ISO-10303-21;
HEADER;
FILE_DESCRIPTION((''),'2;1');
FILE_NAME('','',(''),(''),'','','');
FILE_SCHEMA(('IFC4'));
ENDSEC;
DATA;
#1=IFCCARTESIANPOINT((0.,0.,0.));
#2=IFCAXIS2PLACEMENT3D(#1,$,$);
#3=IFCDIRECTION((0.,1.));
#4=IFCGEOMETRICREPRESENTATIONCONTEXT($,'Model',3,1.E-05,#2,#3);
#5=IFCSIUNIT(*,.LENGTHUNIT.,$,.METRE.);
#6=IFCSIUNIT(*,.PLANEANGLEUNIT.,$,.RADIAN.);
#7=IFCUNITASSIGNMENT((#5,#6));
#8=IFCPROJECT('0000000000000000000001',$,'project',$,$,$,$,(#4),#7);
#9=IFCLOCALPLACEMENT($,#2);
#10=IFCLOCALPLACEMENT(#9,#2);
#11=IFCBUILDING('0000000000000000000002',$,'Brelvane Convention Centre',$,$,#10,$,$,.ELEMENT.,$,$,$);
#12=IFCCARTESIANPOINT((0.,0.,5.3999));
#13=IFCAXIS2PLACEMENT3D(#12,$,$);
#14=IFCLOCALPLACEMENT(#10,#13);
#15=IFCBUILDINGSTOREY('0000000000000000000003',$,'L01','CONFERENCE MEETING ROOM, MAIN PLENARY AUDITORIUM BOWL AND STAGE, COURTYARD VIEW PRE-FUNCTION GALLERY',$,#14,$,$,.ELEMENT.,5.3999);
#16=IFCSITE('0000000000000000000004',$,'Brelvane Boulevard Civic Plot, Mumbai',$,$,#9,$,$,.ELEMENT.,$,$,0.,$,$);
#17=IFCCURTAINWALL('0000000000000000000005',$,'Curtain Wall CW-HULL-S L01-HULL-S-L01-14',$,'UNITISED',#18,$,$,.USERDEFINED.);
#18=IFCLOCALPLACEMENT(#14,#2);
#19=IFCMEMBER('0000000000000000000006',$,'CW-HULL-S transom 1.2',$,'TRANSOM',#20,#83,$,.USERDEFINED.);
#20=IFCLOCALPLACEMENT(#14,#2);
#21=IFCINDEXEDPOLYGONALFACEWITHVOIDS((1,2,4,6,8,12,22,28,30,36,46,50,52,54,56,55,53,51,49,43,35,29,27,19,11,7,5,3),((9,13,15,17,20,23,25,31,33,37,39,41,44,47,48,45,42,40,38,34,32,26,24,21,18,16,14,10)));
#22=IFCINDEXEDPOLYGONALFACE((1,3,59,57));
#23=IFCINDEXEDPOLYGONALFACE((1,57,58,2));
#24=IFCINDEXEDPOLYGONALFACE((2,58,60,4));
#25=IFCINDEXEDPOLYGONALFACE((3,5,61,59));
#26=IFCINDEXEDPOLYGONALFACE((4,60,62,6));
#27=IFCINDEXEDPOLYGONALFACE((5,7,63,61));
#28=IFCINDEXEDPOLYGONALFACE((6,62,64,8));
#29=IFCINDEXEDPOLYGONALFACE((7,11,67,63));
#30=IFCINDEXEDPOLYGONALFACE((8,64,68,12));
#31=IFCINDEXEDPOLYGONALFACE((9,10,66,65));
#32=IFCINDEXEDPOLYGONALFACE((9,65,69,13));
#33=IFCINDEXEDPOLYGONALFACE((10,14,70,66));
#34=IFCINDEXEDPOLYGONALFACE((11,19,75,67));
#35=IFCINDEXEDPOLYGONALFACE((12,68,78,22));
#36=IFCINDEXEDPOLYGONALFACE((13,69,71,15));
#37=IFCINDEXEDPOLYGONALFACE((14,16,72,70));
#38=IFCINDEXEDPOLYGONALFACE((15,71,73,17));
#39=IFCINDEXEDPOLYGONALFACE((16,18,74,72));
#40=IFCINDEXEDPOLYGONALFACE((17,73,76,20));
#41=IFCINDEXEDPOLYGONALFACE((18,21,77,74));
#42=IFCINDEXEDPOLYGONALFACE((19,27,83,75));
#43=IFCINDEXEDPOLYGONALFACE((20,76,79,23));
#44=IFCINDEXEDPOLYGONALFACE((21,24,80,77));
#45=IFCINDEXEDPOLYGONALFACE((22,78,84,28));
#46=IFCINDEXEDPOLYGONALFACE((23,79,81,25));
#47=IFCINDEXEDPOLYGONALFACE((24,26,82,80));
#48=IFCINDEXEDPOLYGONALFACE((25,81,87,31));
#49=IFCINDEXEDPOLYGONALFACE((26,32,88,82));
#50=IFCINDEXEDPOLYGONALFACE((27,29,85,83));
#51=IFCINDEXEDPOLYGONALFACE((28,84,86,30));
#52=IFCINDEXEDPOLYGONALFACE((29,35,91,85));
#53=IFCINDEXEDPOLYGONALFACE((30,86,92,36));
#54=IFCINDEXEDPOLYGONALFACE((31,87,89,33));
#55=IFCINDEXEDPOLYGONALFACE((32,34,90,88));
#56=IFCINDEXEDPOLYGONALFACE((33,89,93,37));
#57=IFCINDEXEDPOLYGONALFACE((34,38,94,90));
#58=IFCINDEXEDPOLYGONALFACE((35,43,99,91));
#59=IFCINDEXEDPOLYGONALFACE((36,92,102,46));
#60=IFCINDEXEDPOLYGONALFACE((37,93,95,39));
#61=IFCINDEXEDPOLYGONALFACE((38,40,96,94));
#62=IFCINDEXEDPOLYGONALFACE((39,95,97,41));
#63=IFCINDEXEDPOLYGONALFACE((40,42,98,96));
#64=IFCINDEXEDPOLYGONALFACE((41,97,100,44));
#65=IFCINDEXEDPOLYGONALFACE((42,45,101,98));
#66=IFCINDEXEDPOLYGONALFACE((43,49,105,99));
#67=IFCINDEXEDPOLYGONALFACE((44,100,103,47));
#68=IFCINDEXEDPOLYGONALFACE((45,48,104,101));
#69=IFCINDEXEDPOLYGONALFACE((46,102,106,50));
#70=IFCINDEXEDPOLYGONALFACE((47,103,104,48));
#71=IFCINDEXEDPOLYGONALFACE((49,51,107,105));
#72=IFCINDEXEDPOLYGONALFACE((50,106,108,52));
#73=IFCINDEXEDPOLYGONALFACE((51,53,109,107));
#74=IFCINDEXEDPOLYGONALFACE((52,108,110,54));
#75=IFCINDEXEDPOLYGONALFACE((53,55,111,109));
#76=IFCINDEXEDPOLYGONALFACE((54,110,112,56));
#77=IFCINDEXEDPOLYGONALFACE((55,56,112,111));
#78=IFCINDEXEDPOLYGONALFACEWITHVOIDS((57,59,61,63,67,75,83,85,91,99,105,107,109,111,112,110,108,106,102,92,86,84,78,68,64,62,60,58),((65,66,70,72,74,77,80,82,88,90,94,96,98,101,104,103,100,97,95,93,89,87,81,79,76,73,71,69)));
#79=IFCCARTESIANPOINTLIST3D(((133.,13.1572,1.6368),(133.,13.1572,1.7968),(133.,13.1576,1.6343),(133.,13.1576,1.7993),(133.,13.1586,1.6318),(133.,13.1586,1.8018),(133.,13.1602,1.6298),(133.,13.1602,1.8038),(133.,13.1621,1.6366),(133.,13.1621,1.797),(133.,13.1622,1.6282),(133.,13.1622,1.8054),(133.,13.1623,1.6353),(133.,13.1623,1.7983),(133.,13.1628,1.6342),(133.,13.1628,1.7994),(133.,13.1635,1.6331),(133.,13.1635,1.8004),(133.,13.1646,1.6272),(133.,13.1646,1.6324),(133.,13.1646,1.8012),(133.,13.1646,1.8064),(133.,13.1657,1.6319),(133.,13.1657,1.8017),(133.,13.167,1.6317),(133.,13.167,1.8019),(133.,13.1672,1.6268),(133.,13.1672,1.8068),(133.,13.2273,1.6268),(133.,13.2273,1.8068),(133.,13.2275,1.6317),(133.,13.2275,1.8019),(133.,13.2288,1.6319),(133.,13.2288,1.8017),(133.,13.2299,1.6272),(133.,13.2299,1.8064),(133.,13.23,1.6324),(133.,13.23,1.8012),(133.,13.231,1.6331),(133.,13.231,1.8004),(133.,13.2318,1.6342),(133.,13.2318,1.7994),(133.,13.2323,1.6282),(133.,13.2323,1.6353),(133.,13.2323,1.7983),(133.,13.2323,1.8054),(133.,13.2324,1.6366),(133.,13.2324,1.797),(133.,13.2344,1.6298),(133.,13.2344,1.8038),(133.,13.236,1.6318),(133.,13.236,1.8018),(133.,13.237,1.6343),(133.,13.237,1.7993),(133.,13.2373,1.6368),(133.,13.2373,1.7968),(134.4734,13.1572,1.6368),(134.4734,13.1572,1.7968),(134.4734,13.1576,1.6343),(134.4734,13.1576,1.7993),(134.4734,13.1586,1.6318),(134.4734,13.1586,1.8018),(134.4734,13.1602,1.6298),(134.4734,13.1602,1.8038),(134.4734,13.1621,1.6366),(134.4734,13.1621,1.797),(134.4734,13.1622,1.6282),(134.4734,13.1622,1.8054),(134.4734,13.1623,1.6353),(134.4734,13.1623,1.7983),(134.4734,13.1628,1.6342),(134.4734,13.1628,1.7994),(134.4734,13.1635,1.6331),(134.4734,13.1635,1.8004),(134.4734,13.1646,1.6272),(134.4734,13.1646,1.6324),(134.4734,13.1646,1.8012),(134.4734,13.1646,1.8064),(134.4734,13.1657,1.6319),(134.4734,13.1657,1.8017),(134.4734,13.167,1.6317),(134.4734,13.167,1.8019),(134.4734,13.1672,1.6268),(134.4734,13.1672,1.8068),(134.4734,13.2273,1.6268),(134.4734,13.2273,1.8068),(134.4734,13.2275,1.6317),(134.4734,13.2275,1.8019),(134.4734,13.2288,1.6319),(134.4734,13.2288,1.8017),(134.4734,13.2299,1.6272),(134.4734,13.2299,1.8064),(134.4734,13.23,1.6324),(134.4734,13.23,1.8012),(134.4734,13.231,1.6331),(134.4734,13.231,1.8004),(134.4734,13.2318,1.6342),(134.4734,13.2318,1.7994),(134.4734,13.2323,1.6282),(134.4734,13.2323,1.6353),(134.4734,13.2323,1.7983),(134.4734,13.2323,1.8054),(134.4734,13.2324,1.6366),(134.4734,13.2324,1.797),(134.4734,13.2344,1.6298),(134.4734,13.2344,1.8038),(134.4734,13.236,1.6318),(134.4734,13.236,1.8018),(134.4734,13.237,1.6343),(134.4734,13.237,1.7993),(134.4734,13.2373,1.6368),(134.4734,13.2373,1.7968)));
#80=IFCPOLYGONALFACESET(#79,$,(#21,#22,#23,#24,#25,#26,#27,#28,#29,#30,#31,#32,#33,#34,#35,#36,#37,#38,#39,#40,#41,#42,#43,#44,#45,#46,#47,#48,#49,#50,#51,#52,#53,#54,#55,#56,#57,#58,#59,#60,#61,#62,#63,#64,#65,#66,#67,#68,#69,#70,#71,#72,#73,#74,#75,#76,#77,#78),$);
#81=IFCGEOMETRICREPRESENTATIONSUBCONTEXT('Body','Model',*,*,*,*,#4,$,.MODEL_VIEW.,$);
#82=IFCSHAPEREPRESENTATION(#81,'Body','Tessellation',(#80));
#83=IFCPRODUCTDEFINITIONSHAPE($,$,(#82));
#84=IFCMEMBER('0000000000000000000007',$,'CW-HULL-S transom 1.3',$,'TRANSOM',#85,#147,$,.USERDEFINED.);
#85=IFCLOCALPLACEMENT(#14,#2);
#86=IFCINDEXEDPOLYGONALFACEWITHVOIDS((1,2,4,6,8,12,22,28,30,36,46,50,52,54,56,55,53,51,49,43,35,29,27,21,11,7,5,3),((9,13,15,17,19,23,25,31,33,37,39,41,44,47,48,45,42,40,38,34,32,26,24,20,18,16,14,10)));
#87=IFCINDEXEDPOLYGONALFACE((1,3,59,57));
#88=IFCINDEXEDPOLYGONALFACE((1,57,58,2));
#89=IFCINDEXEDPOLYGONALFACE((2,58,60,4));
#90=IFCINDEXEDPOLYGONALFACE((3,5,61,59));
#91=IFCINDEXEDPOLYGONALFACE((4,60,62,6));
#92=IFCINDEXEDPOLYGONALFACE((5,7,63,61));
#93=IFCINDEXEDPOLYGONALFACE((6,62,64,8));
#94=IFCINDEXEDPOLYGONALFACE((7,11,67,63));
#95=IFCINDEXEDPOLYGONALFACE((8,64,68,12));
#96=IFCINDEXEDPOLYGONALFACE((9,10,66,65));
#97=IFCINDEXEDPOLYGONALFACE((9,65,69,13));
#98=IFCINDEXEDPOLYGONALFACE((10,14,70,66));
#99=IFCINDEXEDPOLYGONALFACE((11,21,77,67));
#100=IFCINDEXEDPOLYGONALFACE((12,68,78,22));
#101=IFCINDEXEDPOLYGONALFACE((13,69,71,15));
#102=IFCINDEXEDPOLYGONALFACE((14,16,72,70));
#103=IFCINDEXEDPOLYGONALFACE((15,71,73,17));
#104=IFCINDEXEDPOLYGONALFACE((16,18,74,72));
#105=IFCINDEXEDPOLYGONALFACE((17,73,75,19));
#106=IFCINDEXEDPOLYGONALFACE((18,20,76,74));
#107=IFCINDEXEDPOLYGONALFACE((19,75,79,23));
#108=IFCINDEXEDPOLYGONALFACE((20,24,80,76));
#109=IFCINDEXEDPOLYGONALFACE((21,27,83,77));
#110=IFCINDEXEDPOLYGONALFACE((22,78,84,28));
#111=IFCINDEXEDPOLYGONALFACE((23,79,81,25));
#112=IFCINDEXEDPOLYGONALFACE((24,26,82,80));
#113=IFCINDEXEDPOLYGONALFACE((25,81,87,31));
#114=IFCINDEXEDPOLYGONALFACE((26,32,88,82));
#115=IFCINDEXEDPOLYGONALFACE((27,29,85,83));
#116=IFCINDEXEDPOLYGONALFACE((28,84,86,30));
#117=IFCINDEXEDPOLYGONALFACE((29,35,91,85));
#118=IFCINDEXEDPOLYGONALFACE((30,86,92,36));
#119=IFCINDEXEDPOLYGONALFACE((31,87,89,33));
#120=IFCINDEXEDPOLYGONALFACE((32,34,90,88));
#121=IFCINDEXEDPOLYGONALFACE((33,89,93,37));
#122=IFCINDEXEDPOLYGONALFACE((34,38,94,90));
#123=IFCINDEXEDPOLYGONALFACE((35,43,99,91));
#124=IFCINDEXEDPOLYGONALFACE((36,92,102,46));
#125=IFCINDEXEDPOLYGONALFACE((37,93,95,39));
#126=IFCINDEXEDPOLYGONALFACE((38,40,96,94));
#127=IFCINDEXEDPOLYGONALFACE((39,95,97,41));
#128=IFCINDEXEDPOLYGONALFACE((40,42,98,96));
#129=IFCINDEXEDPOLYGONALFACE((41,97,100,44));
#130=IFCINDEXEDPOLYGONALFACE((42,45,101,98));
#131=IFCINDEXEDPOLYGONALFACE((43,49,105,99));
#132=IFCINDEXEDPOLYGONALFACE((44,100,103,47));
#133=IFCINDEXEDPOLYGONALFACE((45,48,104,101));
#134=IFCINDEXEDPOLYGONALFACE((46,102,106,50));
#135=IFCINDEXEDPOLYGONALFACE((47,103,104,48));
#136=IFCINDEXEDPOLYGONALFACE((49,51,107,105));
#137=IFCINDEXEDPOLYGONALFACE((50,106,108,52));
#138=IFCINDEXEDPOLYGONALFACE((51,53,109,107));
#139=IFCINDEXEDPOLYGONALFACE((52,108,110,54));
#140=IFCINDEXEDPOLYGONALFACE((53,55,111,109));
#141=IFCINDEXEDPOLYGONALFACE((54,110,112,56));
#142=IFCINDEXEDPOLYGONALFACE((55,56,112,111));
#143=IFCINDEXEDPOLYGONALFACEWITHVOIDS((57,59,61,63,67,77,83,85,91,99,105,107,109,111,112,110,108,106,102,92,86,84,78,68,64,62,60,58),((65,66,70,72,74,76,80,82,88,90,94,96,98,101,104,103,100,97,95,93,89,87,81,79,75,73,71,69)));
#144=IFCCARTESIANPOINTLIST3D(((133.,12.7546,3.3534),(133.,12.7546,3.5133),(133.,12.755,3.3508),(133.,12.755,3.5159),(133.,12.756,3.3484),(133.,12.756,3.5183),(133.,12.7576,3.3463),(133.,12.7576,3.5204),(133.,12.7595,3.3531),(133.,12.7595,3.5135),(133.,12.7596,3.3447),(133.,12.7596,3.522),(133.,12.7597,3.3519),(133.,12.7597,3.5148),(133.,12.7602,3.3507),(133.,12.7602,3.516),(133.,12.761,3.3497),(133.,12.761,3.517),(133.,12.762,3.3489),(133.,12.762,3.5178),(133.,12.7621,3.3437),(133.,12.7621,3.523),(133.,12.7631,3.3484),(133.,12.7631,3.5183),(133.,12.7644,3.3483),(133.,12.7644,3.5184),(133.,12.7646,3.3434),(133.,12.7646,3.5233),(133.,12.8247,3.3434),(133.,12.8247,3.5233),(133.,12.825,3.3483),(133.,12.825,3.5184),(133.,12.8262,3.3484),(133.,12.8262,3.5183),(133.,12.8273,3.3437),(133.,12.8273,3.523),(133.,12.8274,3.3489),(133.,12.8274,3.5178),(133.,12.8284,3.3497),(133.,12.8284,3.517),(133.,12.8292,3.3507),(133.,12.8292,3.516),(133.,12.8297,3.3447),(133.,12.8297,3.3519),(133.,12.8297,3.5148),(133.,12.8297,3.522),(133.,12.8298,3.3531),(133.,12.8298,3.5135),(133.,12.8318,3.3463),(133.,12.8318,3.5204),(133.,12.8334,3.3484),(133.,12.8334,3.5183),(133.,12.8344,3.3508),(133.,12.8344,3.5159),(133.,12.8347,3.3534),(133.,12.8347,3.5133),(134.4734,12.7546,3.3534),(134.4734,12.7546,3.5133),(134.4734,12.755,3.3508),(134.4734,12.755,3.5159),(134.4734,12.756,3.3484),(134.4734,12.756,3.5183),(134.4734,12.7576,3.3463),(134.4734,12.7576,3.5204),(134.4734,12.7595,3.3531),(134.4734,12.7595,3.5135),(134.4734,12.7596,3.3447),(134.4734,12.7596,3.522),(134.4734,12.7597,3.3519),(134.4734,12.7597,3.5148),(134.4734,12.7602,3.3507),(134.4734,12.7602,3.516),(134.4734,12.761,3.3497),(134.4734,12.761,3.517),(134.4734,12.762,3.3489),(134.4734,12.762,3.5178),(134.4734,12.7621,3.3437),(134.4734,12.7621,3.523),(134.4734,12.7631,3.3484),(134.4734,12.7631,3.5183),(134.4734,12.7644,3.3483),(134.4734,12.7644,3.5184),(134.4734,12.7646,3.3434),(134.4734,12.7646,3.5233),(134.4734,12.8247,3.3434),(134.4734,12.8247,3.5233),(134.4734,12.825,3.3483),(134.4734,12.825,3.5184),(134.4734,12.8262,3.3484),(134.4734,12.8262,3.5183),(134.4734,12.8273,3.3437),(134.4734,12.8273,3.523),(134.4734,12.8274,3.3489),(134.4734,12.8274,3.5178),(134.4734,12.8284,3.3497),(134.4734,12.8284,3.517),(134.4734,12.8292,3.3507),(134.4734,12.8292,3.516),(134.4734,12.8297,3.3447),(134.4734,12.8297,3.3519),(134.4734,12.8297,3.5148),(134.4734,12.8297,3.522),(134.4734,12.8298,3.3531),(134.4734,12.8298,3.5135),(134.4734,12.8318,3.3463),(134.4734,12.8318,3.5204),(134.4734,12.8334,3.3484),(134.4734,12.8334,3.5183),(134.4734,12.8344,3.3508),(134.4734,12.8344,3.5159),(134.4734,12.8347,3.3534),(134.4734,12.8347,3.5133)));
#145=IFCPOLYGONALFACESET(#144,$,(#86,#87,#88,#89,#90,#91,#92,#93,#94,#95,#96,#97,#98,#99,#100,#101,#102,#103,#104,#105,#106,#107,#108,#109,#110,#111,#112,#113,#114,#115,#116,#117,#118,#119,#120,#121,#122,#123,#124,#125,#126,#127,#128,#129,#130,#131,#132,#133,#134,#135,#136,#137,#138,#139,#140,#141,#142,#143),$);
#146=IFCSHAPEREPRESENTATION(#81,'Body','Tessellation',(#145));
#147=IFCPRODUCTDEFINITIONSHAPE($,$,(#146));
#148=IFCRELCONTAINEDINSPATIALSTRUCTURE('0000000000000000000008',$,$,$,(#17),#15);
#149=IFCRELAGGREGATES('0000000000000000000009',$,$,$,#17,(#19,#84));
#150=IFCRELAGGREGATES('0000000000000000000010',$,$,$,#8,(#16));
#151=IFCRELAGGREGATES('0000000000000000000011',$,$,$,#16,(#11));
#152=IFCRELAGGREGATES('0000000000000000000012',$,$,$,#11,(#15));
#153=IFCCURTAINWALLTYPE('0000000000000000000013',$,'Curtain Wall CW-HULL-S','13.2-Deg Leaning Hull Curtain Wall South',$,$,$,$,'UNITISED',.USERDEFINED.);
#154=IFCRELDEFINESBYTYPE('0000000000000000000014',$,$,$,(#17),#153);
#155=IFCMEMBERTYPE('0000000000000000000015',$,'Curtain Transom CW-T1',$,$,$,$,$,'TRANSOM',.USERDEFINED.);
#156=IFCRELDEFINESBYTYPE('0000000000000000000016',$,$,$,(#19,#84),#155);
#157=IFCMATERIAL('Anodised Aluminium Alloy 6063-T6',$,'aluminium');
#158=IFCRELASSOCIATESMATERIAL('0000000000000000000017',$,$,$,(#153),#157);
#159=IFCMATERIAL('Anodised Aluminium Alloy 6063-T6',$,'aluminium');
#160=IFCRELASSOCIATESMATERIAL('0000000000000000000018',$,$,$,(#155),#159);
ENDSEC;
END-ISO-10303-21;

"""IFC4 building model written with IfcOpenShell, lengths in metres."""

from ifc_helpers import new_model, si_unit, direction, frame, origin, origin_2d, place, context, subcontext, project, spatial, hollow_rectangle, extrude, material, material_profile, profile_set, type_object, element, aggregate, save


model = new_model("IFC4")

# Units and contexts
model_context = context("Model", 3, precision=1e-05, world=origin(), true_north=direction((0.0, 1.0)))
body_context = subcontext(model_context, "Body", "Model", "MODEL_VIEW")
ifc_project = project(units=[si_unit("LENGTHUNIT", "METRE"), si_unit("PLANEANGLEUNIT", "RADIAN")], contexts=[model_context])

# Site, building, storey
site_placement = place(None, origin())
site = spatial("IfcSite", under=ifc_project, at=site_placement, Name="Brelvane Boulevard Civic Plot, Mumbai", CompositionType="ELEMENT", RefElevation=0.0)
building_placement = place(site_placement, origin())
building = spatial("IfcBuilding", under=site, at=building_placement, Name="Brelvane Convention Centre", CompositionType="ELEMENT")
storey_placement = place(building_placement, frame((0.0, 0.0, 5.3999)))
storey = spatial("IfcBuildingStorey", under=building, at=storey_placement, Name="L01", Description="CONFERENCE MEETING ROOM, MAIN PLENARY AUDITORIUM BOWL AND STAGE, COURTYARD VIEW PRE-FUNCTION GALLERY", CompositionType="ELEMENT", Elevation=5.3999)

# Curtain wall
ifc_material_1 = material(Name="Anodised Aluminium Alloy 6063-T6", Category="aluminium")
curtain_wall_type = type_object("IfcCurtainWallType", Name="Curtain Wall CW-HULL-S", Description="13.2-Deg Leaning Hull Curtain Wall South", ElementType="UNITISED", PredefinedType="USERDEFINED", material=ifc_material_1)
curtain_wall_1_placement = place(storey_placement, origin())
curtain_wall_1 = element("IfcCurtainWall", 1, at=curtain_wall_1_placement, inside=storey, type_object=curtain_wall_type, Name="Curtain Wall CW-HULL-S L01-HULL-S-L01-14", ObjectType="UNITISED", PredefinedType="USERDEFINED")

# Members
ifc_material_2 = material(Name="Anodised Aluminium Alloy 6063-T6", Category="aluminium")
ifc_material_profile_1 = material_profile(ifc_material_2, hollow_rectangle(XDim=0.0801, YDim=0.1799, WallThickness=0.0049, InnerFilletRadius=0.0049, OuterFilletRadius=0.01, at=origin_2d()), Name="ALU-T 180x80x5.0")
ifc_profile_set_1 = profile_set([ifc_material_profile_1], Name="Anodised Aluminium Alloy 6063-T6")
member_type_1 = type_object("IfcMemberType", Name="Curtain Transom CW-T1", ElementType="TRANSOM", PredefinedType="USERDEFINED", material=ifc_profile_set_1)
member_1_placement = place(storey_placement, frame((133.0, 13.1973, 1.7168), z_axis=(1.0, 0.0, 0.0), x_axis=(0.0, 1.0, 0.0)))
member_1 = element("IfcMember", 2, at=member_1_placement, type_object=member_type_1, Name="CW-HULL-S transom 1.2", ObjectType="TRANSOM", PredefinedType="USERDEFINED", context=body_context, shape_type="SweptSolid", body=[
    extrude(hollow_rectangle(XDim=0.0801, YDim=0.1799, WallThickness=0.0049, InnerFilletRadius=0.0049, OuterFilletRadius=0.01, at=origin_2d()), origin(), (0.0, 0.0, 1.0), 1.4734),
])
member_2_placement = place(storey_placement, frame((133.0, 12.7947, 3.4333), z_axis=(1.0, 0.0, 0.0), x_axis=(0.0, 1.0, 0.0)))
member_2 = element("IfcMember", 3, at=member_2_placement, type_object=member_type_1, Name="CW-HULL-S transom 1.3", ObjectType="TRANSOM", PredefinedType="USERDEFINED", context=body_context, shape_type="SweptSolid", body=[
    extrude(hollow_rectangle(XDim=0.0801, YDim=0.1799, WallThickness=0.0049, InnerFilletRadius=0.0049, OuterFilletRadius=0.01, at=origin_2d()), origin(), (0.0, 0.0, 1.0), 1.4734),
])

aggregate(curtain_wall_1, [member_1, member_2])

save(model, "model.ifc")
